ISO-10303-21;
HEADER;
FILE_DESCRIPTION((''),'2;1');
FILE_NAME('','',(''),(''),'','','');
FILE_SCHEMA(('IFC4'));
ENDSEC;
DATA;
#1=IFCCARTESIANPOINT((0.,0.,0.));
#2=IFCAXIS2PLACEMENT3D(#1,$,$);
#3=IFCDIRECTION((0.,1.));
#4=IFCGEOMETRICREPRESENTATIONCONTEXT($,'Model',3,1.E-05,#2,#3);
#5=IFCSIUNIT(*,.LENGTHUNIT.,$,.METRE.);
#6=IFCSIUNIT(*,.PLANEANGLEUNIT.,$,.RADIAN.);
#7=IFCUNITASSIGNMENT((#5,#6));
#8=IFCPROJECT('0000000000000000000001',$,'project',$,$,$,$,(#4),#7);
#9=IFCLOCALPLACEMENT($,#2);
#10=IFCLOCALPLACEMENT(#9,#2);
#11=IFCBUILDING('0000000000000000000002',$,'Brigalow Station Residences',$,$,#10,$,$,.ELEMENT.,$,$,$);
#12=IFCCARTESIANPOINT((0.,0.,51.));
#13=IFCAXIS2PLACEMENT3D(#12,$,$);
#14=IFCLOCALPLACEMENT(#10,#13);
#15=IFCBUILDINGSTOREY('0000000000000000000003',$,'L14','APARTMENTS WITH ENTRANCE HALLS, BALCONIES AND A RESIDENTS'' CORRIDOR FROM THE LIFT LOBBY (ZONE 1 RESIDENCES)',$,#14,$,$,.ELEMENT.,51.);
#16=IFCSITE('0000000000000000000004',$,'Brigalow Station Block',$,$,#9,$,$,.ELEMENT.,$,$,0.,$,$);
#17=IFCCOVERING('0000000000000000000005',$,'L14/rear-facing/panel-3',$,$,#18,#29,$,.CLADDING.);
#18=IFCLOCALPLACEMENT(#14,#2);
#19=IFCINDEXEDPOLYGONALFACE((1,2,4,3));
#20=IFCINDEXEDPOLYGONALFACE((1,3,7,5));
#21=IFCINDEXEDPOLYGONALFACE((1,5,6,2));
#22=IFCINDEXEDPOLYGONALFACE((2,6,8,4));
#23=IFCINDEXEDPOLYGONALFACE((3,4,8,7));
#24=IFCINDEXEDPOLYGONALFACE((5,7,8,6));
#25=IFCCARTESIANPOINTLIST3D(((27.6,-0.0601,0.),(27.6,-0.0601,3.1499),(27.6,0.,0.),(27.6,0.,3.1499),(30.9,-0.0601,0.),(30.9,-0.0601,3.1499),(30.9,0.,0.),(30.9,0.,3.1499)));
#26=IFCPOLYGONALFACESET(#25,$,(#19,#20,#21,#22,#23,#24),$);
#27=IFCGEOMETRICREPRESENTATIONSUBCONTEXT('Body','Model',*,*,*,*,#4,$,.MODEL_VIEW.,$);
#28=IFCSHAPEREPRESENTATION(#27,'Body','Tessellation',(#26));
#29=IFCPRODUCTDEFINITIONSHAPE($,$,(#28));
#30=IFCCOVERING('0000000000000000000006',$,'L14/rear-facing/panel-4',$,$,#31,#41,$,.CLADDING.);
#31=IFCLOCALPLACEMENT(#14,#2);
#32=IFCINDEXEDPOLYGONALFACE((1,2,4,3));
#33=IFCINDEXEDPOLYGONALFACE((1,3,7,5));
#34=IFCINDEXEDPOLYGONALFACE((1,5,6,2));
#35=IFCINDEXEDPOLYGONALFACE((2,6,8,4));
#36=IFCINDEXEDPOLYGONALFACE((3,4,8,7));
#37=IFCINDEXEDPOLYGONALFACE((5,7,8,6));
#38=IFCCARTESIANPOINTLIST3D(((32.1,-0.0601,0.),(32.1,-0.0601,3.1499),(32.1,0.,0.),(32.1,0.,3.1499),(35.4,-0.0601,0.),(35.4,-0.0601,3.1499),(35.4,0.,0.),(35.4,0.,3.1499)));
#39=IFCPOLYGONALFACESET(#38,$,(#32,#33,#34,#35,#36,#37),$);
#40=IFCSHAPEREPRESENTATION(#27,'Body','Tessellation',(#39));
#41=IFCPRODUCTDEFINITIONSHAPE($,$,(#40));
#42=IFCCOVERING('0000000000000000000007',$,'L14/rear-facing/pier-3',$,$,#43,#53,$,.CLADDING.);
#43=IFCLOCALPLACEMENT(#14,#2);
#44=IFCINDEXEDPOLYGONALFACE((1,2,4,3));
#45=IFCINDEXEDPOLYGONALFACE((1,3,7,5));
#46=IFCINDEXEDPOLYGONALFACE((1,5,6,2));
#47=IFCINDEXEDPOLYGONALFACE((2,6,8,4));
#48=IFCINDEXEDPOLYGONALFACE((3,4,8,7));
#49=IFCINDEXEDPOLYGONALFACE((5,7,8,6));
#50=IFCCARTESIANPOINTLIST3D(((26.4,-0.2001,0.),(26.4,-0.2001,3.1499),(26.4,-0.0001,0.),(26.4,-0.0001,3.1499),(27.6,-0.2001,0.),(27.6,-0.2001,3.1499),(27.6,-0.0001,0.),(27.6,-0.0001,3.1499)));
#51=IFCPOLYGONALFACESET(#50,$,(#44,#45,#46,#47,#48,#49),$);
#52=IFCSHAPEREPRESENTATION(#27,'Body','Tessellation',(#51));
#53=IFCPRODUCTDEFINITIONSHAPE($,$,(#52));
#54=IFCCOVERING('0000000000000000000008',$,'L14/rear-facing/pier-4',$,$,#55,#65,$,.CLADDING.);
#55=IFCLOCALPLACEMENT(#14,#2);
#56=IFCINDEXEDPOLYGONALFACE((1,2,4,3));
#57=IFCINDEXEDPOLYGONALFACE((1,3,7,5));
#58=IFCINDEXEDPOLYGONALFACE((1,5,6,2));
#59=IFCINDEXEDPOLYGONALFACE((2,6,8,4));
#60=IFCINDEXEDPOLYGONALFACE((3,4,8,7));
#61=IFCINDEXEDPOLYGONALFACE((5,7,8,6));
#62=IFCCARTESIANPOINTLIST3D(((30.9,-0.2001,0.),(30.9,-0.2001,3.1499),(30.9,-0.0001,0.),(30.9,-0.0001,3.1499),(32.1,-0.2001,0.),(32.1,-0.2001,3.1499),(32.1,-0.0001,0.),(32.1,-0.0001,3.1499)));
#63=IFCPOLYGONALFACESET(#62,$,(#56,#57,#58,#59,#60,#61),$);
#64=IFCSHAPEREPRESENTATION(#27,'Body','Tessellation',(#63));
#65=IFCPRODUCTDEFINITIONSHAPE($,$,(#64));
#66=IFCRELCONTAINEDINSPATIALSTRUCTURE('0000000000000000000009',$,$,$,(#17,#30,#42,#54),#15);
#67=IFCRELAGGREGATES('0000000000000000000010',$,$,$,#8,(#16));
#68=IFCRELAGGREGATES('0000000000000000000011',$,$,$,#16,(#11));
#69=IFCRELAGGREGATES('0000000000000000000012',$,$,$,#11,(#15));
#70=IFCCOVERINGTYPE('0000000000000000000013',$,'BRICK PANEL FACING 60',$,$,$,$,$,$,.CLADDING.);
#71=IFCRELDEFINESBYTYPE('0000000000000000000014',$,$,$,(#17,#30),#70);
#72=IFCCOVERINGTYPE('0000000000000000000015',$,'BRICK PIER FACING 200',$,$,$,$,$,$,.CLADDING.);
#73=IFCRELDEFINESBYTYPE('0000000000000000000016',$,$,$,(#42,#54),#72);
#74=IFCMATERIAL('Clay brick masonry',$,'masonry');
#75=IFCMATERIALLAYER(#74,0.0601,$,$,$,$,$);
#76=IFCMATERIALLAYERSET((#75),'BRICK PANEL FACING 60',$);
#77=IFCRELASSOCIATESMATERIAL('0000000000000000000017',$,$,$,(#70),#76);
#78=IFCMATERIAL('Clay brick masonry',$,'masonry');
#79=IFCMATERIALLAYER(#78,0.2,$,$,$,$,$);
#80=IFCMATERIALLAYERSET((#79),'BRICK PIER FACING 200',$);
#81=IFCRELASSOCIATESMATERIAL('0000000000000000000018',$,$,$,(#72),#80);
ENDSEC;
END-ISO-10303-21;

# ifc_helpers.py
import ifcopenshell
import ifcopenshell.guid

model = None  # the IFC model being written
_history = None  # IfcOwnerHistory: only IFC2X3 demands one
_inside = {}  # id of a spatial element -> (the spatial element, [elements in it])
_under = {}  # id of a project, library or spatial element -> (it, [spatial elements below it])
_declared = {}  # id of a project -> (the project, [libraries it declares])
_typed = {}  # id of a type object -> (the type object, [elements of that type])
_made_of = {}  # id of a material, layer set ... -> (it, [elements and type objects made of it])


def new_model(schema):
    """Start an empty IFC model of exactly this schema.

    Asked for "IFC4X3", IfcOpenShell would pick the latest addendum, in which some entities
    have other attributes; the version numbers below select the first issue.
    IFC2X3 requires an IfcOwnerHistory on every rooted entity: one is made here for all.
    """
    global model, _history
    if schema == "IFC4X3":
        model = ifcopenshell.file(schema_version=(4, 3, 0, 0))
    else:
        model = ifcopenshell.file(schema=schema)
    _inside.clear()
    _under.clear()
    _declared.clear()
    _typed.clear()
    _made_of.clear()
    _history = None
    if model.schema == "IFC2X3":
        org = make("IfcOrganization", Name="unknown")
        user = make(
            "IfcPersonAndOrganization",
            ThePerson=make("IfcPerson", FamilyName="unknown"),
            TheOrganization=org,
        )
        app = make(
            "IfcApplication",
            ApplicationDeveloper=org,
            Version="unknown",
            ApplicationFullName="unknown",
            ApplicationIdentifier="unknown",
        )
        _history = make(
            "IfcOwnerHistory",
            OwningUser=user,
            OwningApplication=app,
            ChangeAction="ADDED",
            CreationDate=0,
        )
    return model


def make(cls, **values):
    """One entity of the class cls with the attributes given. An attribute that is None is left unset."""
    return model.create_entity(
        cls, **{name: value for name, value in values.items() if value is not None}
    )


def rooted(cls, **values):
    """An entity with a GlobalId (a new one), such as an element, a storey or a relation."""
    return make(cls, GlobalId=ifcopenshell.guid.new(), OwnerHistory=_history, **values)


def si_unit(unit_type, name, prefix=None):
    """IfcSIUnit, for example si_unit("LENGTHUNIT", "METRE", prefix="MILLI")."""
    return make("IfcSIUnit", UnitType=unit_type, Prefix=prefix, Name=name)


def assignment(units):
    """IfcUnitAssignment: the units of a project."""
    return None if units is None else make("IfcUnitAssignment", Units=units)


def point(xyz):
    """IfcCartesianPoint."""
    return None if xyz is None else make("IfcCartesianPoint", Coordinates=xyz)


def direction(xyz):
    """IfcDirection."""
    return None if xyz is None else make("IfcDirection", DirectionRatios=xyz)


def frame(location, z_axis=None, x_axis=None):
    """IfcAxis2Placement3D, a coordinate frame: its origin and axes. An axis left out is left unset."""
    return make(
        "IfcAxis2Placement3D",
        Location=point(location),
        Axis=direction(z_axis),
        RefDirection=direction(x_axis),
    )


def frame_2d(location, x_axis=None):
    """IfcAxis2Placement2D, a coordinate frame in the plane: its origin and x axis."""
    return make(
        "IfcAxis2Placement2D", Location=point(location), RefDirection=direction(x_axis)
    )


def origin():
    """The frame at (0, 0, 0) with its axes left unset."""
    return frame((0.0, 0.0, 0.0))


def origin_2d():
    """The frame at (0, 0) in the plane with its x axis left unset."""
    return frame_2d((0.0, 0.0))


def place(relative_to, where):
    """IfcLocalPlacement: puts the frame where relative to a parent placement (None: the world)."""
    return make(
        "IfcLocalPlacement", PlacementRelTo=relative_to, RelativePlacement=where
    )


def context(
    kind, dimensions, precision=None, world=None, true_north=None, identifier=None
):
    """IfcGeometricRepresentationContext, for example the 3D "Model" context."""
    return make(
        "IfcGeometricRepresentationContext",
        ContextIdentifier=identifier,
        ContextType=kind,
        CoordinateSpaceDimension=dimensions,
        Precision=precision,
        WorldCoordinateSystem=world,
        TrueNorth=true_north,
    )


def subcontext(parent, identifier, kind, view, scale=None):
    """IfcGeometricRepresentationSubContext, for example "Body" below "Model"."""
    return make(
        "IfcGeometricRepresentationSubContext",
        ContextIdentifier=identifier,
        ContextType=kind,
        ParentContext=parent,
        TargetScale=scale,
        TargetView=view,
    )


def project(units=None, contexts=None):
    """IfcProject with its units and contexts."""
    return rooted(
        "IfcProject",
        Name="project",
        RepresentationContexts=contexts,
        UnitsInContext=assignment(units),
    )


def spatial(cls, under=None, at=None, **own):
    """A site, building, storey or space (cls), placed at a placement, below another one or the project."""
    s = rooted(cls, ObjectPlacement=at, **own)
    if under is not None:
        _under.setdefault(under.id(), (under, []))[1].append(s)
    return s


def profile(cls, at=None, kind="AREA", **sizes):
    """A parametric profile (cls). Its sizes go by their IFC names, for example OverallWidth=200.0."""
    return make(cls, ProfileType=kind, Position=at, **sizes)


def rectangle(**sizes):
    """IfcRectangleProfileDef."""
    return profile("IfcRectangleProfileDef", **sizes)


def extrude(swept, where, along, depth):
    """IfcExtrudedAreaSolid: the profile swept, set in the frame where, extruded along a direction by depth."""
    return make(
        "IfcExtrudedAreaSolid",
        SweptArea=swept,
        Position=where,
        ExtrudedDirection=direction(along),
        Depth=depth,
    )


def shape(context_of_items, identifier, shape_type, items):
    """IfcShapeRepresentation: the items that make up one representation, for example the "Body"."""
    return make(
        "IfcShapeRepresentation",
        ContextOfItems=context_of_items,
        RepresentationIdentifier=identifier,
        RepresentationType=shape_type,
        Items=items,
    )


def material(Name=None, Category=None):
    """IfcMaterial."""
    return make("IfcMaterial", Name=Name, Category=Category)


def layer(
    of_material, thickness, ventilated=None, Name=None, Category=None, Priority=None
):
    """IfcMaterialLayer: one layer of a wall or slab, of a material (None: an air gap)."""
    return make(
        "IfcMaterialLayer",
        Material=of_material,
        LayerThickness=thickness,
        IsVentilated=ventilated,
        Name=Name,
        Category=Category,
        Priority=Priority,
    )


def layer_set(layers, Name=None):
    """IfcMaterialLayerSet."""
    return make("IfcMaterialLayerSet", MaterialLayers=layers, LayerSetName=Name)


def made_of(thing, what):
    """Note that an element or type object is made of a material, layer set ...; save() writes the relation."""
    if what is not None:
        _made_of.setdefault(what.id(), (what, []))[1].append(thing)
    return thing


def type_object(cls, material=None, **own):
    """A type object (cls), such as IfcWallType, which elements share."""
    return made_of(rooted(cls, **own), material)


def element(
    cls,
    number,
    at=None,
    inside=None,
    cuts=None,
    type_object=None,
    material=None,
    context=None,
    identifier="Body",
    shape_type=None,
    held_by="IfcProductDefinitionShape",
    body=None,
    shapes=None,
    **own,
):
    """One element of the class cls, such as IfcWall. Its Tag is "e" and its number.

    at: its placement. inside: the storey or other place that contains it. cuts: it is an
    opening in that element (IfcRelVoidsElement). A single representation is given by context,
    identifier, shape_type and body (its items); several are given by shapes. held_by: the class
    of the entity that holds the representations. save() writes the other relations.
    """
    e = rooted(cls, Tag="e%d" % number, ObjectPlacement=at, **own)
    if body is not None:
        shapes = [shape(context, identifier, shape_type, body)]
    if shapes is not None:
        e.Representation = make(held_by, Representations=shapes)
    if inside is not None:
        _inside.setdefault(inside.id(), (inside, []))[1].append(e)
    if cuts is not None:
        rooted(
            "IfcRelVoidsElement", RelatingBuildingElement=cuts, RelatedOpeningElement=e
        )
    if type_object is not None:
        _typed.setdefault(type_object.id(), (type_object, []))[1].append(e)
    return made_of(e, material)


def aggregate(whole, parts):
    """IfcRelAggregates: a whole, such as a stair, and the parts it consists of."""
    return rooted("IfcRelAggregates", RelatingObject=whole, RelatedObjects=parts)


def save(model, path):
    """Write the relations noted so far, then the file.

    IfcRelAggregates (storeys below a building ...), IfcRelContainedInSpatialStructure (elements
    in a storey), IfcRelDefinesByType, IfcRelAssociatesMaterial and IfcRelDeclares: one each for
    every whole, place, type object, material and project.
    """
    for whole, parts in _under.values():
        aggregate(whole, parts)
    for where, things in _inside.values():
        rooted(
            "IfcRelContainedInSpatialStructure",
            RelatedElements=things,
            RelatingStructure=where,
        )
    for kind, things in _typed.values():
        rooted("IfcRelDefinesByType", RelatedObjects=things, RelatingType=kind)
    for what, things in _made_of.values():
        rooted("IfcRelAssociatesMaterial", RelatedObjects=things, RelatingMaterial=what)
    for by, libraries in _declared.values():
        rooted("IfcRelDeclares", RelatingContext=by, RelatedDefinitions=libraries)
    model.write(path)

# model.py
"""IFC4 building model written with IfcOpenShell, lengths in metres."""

from ifc_helpers import new_model, si_unit, direction, frame, origin, origin_2d, place, context, subcontext, project, spatial, rectangle, extrude, material, layer, layer_set, type_object, element, save


model = new_model("IFC4")

# Units and contexts
model_context = context("Model", 3, precision=1e-05, world=origin(), true_north=direction((0.0, 1.0)))
body_context = subcontext(model_context, "Body", "Model", "MODEL_VIEW")
ifc_project = project(units=[si_unit("LENGTHUNIT", "METRE"), si_unit("PLANEANGLEUNIT", "RADIAN")], contexts=[model_context])

# Site, building, storey
site_placement = place(None, origin())
site = spatial("IfcSite", under=ifc_project, at=site_placement, Name="Brigalow Station Block", CompositionType="ELEMENT", RefElevation=0.0)
building_placement = place(site_placement, origin())
building = spatial("IfcBuilding", under=site, at=building_placement, Name="Brigalow Station Residences", CompositionType="ELEMENT")
storey_placement = place(building_placement, frame((0.0, 0.0, 51.0)))
storey = spatial("IfcBuildingStorey", under=building, at=storey_placement, Name="L14", Description="APARTMENTS WITH ENTRANCE HALLS, BALCONIES AND A RESIDENTS' CORRIDOR FROM THE LIFT LOBBY (ZONE 1 RESIDENCES)", CompositionType="ELEMENT", Elevation=51.0)

# Coverings
ifc_material_1 = material(Name="Clay brick masonry", Category="masonry")
ifc_layer_1 = layer(ifc_material_1, 0.0601)
ifc_layer_set_1 = layer_set([ifc_layer_1], Name="BRICK PANEL FACING 60")
covering_type_1 = type_object("IfcCoveringType", Name="BRICK PANEL FACING 60", PredefinedType="CLADDING", material=ifc_layer_set_1)
for number, where, z_axis, x_axis, name in (
    (1, (29.25, -0.03, 0.0), (0.0, 0.0, 1.0), (1.0, 0.0, 0.0), "L14/rear-facing/panel-3"),
    (2, (33.75, -0.03, 0.0), (0.0, 0.0, 1.0), (1.0, 0.0, 0.0), "L14/rear-facing/panel-4"),
):
    element("IfcCovering", number, at=place(storey_placement, frame(where, z_axis=z_axis, x_axis=x_axis)), inside=storey, type_object=covering_type_1, Name=name, PredefinedType="CLADDING", context=body_context, shape_type="SweptSolid", body=[
        extrude(rectangle(XDim=3.3, YDim=0.0601, at=origin_2d()), origin(), (0.0, 0.0, 1.0), 3.1499),
    ])
ifc_material_2 = material(Name="Clay brick masonry", Category="masonry")
ifc_layer_2 = layer(ifc_material_2, 0.2)
ifc_layer_set_2 = layer_set([ifc_layer_2], Name="BRICK PIER FACING 200")
covering_type_2 = type_object("IfcCoveringType", Name="BRICK PIER FACING 200", PredefinedType="CLADDING", material=ifc_layer_set_2)
for number, where, z_axis, x_axis, name in (
    (3, (27.0, -0.1001, 0.0), (0.0, 0.0, 1.0), (1.0, 0.0, 0.0), "L14/rear-facing/pier-3"),
    (4, (31.5, -0.1001, 0.0), (0.0, 0.0, 1.0), (1.0, 0.0, 0.0), "L14/rear-facing/pier-4"),
):
    element("IfcCovering", number, at=place(storey_placement, frame(where, z_axis=z_axis, x_axis=x_axis)), inside=storey, type_object=covering_type_2, Name=name, PredefinedType="CLADDING", context=body_context, shape_type="SweptSolid", body=[
        extrude(rectangle(XDim=1.2, YDim=0.2, at=origin_2d()), origin(), (0.0, 0.0, 1.0), 3.1499),
    ])

save(model, "model.ifc")
